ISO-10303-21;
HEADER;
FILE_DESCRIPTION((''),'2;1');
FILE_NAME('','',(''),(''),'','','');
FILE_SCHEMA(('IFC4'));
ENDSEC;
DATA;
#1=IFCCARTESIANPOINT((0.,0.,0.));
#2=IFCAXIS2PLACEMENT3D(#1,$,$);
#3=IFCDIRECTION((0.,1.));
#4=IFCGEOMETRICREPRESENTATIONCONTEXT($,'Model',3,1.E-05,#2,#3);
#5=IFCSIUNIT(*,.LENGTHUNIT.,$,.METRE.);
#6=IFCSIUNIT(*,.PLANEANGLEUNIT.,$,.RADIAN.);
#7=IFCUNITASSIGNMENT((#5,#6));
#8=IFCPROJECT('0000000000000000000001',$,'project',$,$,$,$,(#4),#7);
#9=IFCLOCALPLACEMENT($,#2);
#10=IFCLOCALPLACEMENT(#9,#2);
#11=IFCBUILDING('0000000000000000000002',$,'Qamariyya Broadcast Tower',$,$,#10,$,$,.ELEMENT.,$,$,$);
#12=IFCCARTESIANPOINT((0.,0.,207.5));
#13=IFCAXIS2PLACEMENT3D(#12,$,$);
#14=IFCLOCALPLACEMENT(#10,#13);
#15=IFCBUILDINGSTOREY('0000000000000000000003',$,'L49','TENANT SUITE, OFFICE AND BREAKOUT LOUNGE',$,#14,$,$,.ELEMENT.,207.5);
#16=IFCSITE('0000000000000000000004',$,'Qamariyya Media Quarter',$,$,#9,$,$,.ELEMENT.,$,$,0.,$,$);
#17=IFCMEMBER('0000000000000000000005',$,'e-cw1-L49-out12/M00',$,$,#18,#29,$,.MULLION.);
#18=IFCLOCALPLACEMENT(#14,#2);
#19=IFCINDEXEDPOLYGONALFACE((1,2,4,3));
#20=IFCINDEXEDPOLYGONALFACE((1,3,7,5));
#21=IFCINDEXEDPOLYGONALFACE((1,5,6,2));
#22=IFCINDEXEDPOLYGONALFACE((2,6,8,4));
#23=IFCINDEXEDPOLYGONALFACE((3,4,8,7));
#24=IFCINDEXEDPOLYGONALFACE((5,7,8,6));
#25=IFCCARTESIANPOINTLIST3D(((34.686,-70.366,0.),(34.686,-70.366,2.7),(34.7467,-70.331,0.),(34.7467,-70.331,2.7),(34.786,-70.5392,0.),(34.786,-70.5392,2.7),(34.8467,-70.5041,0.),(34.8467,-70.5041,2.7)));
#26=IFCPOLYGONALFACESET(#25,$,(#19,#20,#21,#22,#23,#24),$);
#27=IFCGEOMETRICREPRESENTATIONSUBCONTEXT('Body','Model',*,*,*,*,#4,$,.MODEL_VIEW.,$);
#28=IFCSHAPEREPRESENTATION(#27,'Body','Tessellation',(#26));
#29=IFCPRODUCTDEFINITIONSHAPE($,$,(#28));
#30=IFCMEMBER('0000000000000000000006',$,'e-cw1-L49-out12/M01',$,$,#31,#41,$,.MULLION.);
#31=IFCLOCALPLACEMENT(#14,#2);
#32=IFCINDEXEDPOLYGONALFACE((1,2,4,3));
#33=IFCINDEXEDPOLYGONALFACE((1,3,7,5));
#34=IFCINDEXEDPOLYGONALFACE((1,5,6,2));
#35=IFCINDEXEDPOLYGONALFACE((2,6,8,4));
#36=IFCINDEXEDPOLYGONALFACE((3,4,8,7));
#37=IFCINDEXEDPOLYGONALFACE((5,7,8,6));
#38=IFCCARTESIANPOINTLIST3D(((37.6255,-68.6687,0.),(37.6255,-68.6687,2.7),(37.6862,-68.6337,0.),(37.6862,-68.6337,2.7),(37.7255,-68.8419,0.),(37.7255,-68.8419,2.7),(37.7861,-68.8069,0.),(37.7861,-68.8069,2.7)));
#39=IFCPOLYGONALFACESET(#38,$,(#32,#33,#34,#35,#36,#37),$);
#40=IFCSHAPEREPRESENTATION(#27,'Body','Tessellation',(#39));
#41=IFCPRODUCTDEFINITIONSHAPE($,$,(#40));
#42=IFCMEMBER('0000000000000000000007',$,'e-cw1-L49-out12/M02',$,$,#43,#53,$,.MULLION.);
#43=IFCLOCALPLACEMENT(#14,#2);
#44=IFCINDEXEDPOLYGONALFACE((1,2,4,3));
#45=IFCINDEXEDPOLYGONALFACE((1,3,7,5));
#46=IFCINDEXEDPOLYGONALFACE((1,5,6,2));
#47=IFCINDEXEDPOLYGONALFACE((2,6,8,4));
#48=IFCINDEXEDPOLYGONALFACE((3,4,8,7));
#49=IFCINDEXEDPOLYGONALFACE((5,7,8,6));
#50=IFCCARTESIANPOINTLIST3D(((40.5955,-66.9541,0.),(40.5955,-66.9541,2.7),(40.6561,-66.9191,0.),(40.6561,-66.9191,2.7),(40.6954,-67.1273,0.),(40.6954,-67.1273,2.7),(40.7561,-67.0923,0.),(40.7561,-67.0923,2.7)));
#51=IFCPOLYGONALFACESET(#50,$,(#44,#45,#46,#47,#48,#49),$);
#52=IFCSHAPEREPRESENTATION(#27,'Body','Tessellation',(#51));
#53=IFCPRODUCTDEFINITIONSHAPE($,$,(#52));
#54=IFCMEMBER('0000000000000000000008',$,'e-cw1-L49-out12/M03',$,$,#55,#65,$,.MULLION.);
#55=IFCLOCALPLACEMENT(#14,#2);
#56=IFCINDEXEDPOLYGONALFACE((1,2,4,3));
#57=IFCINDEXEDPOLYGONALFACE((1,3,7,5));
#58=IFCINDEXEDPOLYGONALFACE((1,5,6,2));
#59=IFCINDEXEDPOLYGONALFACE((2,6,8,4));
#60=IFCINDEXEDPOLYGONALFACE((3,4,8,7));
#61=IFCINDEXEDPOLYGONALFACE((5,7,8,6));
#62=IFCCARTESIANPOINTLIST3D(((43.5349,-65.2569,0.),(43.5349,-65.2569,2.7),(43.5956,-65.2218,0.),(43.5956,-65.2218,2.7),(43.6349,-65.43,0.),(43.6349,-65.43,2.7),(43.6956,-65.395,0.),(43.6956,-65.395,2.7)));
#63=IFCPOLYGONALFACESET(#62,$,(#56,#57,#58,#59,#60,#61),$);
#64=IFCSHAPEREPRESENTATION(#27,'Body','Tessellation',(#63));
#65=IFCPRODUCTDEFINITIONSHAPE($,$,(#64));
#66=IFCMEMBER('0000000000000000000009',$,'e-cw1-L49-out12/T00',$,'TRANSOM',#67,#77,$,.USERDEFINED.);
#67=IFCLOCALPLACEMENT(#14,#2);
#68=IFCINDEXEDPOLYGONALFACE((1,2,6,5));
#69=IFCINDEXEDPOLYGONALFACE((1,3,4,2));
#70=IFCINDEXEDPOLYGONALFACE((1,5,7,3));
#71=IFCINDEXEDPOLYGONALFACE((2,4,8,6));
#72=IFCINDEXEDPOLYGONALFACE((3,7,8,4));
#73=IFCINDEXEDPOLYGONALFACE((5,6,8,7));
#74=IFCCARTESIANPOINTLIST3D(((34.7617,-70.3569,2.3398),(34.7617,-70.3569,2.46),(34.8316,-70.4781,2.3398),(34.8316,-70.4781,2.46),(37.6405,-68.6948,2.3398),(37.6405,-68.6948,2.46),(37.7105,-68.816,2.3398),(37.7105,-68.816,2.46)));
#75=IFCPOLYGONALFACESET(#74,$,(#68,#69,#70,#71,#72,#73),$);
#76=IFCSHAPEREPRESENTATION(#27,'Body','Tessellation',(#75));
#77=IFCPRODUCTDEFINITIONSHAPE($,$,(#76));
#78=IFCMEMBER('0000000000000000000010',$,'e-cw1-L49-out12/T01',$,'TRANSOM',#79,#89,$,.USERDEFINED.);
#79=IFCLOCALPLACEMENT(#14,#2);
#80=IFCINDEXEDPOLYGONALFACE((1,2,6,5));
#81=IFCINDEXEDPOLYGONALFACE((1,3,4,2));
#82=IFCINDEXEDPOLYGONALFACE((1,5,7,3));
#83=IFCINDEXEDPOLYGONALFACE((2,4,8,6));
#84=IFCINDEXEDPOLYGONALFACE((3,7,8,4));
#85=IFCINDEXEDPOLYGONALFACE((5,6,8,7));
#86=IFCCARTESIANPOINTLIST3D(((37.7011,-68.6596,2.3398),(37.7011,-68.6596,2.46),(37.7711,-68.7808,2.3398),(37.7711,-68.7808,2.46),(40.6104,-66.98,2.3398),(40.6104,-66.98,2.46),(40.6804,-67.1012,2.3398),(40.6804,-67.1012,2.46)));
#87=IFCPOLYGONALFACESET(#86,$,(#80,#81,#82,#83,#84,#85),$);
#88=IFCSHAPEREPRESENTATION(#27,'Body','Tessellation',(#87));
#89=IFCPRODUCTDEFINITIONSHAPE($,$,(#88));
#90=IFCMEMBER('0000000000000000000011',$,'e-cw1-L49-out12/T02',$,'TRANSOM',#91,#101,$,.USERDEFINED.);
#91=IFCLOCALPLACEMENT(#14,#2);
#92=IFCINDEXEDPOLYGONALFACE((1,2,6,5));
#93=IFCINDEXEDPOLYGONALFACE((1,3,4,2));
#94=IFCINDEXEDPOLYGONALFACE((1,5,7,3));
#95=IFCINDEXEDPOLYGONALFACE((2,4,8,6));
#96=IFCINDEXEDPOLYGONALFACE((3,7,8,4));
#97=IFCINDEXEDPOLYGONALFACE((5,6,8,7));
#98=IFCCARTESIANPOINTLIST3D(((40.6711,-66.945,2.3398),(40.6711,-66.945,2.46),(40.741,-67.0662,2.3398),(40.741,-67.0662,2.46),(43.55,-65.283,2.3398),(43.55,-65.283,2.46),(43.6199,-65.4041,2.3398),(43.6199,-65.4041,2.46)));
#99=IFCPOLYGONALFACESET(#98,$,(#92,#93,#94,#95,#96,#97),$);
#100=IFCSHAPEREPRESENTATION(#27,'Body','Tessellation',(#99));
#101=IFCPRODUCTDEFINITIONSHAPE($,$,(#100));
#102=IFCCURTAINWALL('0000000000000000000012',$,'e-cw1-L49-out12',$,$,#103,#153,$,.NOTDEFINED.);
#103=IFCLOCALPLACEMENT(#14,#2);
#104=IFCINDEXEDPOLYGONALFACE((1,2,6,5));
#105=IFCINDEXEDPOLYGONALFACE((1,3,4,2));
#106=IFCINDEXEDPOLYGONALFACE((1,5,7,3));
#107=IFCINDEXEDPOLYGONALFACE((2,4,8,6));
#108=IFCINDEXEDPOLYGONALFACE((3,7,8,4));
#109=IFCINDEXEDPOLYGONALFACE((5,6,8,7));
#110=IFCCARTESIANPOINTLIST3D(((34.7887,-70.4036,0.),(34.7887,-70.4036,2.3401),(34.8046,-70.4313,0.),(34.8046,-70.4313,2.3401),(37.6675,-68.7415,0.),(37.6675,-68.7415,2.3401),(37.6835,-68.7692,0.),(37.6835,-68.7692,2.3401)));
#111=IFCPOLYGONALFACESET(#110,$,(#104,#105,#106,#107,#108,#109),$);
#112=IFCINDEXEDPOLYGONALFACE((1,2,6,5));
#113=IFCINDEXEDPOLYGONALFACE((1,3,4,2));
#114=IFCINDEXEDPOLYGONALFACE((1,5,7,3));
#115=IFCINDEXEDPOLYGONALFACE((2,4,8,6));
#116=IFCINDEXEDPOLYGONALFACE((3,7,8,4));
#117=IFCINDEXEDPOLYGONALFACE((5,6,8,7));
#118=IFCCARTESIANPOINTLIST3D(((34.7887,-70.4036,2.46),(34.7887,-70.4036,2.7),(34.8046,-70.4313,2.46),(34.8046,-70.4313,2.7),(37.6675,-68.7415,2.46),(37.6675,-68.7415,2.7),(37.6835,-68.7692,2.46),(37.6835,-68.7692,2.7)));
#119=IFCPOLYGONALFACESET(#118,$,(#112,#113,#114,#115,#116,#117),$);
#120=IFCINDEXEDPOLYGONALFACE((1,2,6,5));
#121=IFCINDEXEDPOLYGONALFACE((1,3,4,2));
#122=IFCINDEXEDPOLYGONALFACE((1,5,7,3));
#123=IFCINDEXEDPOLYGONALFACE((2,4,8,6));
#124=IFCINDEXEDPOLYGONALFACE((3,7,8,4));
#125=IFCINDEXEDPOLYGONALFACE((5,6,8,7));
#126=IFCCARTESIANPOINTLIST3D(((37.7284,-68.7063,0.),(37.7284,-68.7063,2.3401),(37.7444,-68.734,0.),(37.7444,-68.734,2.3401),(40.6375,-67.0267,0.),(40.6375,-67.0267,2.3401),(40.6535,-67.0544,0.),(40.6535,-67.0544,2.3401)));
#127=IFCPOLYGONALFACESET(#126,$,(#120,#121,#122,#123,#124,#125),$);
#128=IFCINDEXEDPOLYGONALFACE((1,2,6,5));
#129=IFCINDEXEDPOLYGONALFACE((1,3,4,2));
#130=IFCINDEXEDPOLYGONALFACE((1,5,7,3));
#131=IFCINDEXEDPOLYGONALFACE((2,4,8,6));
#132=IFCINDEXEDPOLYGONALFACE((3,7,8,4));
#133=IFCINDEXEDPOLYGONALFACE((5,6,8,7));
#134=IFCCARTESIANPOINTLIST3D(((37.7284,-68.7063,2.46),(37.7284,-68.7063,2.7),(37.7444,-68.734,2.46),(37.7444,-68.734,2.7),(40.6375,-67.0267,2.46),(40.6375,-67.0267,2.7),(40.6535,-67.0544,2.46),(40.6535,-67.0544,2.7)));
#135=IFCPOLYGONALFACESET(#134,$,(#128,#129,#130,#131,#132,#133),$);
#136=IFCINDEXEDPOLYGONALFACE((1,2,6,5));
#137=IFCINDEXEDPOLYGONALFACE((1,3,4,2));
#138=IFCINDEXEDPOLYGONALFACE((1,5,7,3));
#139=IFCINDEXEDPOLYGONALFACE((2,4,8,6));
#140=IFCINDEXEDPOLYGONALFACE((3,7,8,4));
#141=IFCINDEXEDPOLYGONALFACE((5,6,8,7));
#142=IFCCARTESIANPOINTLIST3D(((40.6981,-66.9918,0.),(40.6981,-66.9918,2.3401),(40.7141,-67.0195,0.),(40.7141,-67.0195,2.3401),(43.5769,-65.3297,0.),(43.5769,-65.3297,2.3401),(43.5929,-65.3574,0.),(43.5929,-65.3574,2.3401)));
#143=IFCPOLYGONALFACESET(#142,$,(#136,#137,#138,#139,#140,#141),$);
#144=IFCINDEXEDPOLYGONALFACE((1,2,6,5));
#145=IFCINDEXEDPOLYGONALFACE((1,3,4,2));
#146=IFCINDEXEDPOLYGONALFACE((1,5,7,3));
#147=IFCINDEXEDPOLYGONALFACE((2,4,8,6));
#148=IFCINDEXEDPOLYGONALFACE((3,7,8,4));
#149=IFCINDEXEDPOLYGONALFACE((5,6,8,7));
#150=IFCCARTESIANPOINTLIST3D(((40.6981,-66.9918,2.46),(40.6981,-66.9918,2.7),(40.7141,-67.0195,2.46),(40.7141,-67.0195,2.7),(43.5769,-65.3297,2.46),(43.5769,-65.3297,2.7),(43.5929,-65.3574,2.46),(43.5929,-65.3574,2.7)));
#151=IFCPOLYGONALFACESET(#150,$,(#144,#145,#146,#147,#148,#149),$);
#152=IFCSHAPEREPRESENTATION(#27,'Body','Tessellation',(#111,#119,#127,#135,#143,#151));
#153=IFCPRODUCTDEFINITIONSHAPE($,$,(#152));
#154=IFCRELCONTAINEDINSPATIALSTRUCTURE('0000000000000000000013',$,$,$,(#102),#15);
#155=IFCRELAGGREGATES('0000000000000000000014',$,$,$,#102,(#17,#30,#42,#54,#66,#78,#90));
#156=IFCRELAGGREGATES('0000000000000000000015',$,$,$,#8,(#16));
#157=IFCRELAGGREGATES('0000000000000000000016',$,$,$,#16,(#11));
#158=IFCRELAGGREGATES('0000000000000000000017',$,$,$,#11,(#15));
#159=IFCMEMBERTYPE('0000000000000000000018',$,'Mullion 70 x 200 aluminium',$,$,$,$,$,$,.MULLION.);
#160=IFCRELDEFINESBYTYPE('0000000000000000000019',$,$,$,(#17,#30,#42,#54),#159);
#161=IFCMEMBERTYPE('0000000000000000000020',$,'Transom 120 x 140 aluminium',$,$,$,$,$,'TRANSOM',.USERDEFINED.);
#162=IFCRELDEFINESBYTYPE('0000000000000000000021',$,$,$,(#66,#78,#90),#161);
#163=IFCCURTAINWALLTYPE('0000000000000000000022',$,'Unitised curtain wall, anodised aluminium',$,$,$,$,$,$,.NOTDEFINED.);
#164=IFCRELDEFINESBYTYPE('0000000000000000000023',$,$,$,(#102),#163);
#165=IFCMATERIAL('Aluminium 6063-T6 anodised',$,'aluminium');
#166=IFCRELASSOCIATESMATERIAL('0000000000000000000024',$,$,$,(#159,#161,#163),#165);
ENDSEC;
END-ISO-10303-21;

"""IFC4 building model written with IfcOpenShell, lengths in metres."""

from ifc_helpers import new_model, si_unit, direction, frame, origin, origin_2d, place, context, subcontext, project, spatial, rectangle, extrude, material, material_profile, profile_set, type_object, element, aggregate, save


model = new_model("IFC4")

# Units and contexts
model_context = context("Model", 3, precision=1e-05, world=origin(), true_north=direction((0.0, 1.0)))
body_context = subcontext(model_context, "Body", "Model", "MODEL_VIEW")
ifc_project = project(units=[si_unit("LENGTHUNIT", "METRE"), si_unit("PLANEANGLEUNIT", "RADIAN")], contexts=[model_context])

# Members
ifc_material = material(Name="Aluminium 6063-T6 anodised", Category="aluminium")
ifc_material_profile_1 = material_profile(ifc_material, rectangle(XDim=0.2, YDim=0.0701, at=origin_2d()))
ifc_profile_set_1 = profile_set([ifc_material_profile_1], Name="Aluminium 6063-T6 anodised")
member_type_1 = type_object("IfcMemberType", Name="Mullion 70 x 200 aluminium", PredefinedType="MULLION", material=ifc_profile_set_1)
site_placement = place(None, origin())
building_placement = place(site_placement, origin())
storey_placement = place(building_placement, frame((0.0, 0.0, 207.5)))
member_1_placement = place(storey_placement, frame((34.7664, -70.4351, 0.0), z_axis=(0.0, 0.0, 1.0), x_axis=(-0.5, 0.866025, 0.0)))
member_1 = element("IfcMember", 1, at=member_1_placement, type_object=member_type_1, Name="e-cw1-L49-out12/M00", PredefinedType="MULLION", context=body_context, shape_type="SweptSolid", body=[
    extrude(rectangle(XDim=0.2, YDim=0.0701, at=origin_2d()), origin(), (0.0, 0.0, 1.0), 2.7),
])
member_2_placement = place(storey_placement, frame((37.7058, -68.7378, 0.0), z_axis=(0.0, 0.0, 1.0), x_axis=(-0.5, 0.866025, 0.0)))
member_2 = element("IfcMember", 2, at=member_2_placement, type_object=member_type_1, Name="e-cw1-L49-out12/M01", PredefinedType="MULLION", context=body_context, shape_type="SweptSolid", body=[
    extrude(rectangle(XDim=0.2, YDim=0.0701, at=origin_2d()), origin(), (0.0, 0.0, 1.0), 2.7),
])
member_3_placement = place(storey_placement, frame((40.6758, -67.0232, 0.0), z_axis=(0.0, 0.0, 1.0), x_axis=(-0.5, 0.866025, 0.0)))
member_3 = element("IfcMember", 3, at=member_3_placement, type_object=member_type_1, Name="e-cw1-L49-out12/M02", PredefinedType="MULLION", context=body_context, shape_type="SweptSolid", body=[
    extrude(rectangle(XDim=0.2, YDim=0.0701, at=origin_2d()), origin(), (0.0, 0.0, 1.0), 2.7),
])
member_4_placement = place(storey_placement, frame((43.6152, -65.3259, 0.0), z_axis=(0.0, 0.0, 1.0), x_axis=(-0.5, 0.866025, 0.0)))
member_4 = element("IfcMember", 4, at=member_4_placement, type_object=member_type_1, Name="e-cw1-L49-out12/M03", PredefinedType="MULLION", context=body_context, shape_type="SweptSolid", body=[
    extrude(rectangle(XDim=0.2, YDim=0.0701, at=origin_2d()), origin(), (0.0, 0.0, 1.0), 2.7),
])
ifc_material_profile_2 = material_profile(ifc_material, rectangle(XDim=0.1399, YDim=0.1201, at=origin_2d()))
ifc_profile_set_2 = profile_set([ifc_material_profile_2], Name="Aluminium 6063-T6 anodised")
member_type_2 = type_object("IfcMemberType", Name="Transom 120 x 140 aluminium", ElementType="TRANSOM", PredefinedType="USERDEFINED", material=ifc_profile_set_2)
member_5_placement = place(storey_placement, frame((34.7966, -70.4175, 2.3999), z_axis=(0.866029, 0.499994, 0.0), x_axis=(-0.499994, 0.866029, 0.0)))
member_5 = element("IfcMember", 5, at=member_5_placement, type_object=member_type_2, Name="e-cw1-L49-out12/T00", ObjectType="TRANSOM", PredefinedType="USERDEFINED", context=body_context, shape_type="SweptSolid", body=[
    extrude(rectangle(XDim=0.1399, YDim=0.1201, at=origin_2d()), origin(), (0.0, 0.0, 1.0), 3.3242),
])
member_6_placement = place(storey_placement, frame((37.7361, -68.7202, 2.3999), z_axis=(0.866034, 0.499985, 0.0), x_axis=(-0.499985, 0.866034, 0.0)))
member_6 = element("IfcMember", 6, at=member_6_placement, type_object=member_type_2, Name="e-cw1-L49-out12/T01", ObjectType="TRANSOM", PredefinedType="USERDEFINED", context=body_context, shape_type="SweptSolid", body=[
    extrude(rectangle(XDim=0.1399, YDim=0.1201, at=origin_2d()), origin(), (0.0, 0.0, 1.0), 3.3594),
])
member_7_placement = place(storey_placement, frame((40.7061, -67.0056, 2.3999), z_axis=(0.866029, 0.499994, 0.0), x_axis=(-0.499994, 0.866029, 0.0)))
member_7 = element("IfcMember", 7, at=member_7_placement, type_object=member_type_2, Name="e-cw1-L49-out12/T02", ObjectType="TRANSOM", PredefinedType="USERDEFINED", context=body_context, shape_type="SweptSolid", body=[
    extrude(rectangle(XDim=0.1399, YDim=0.1201, at=origin_2d()), origin(), (0.0, 0.0, 1.0), 3.3242),
])

# Site, building, storey
site = spatial("IfcSite", under=ifc_project, at=site_placement, Name="Qamariyya Media Quarter", CompositionType="ELEMENT", RefElevation=0.0)
building = spatial("IfcBuilding", under=site, at=building_placement, Name="Qamariyya Broadcast Tower", CompositionType="ELEMENT")
storey = spatial("IfcBuildingStorey", under=building, at=storey_placement, Name="L49", Description="TENANT SUITE, OFFICE AND BREAKOUT LOUNGE", CompositionType="ELEMENT", Elevation=207.5)

# Curtain wall
curtain_wall_type = type_object("IfcCurtainWallType", Name="Unitised curtain wall, anodised aluminium", PredefinedType="NOTDEFINED", material=ifc_material)
curtain_wall_1_placement = place(storey_placement, origin())
curtain_wall_1 = element("IfcCurtainWall", 8, at=curtain_wall_1_placement, inside=storey, type_object=curtain_wall_type, Name="e-cw1-L49-out12", PredefinedType="NOTDEFINED", context=body_context, shape_type="SweptSolid", body=[
    extrude(rectangle(XDim=3.3242, YDim=0.032, at=origin_2d()), frame((36.2361, -69.5864, 0.0), x_axis=(0.866028, 0.499996, 0.0)), (0.0, 0.0, 1.0), 2.3401),
    extrude(rectangle(XDim=3.3242, YDim=0.032, at=origin_2d()), frame((36.2361, -69.5864, 2.46), x_axis=(0.866028, 0.499996, 0.0)), (0.0, 0.0, 1.0), 0.24),
    extrude(rectangle(XDim=3.3591, YDim=0.032, at=origin_2d()), frame((39.1909, -67.8804, 0.0), x_axis=(0.866028, 0.499996, 0.0)), (0.0, 0.0, 1.0), 2.3401),
    extrude(rectangle(XDim=3.3591, YDim=0.032, at=origin_2d()), frame((39.1909, -67.8804, 2.46), x_axis=(0.866028, 0.499996, 0.0)), (0.0, 0.0, 1.0), 0.24),
    extrude(rectangle(XDim=3.3242, YDim=0.032, at=origin_2d()), frame((42.1455, -66.1746, 0.0), x_axis=(0.866028, 0.499996, 0.0)), (0.0, 0.0, 1.0), 2.3401),
    extrude(rectangle(XDim=3.3242, YDim=0.032, at=origin_2d()), frame((42.1455, -66.1746, 2.46), x_axis=(0.866028, 0.499996, 0.0)), (0.0, 0.0, 1.0), 0.24),
])
aggregate(curtain_wall_1, [member_1, member_2, member_3, member_4, member_5, member_6, member_7])

save(model, "model.ifc")
